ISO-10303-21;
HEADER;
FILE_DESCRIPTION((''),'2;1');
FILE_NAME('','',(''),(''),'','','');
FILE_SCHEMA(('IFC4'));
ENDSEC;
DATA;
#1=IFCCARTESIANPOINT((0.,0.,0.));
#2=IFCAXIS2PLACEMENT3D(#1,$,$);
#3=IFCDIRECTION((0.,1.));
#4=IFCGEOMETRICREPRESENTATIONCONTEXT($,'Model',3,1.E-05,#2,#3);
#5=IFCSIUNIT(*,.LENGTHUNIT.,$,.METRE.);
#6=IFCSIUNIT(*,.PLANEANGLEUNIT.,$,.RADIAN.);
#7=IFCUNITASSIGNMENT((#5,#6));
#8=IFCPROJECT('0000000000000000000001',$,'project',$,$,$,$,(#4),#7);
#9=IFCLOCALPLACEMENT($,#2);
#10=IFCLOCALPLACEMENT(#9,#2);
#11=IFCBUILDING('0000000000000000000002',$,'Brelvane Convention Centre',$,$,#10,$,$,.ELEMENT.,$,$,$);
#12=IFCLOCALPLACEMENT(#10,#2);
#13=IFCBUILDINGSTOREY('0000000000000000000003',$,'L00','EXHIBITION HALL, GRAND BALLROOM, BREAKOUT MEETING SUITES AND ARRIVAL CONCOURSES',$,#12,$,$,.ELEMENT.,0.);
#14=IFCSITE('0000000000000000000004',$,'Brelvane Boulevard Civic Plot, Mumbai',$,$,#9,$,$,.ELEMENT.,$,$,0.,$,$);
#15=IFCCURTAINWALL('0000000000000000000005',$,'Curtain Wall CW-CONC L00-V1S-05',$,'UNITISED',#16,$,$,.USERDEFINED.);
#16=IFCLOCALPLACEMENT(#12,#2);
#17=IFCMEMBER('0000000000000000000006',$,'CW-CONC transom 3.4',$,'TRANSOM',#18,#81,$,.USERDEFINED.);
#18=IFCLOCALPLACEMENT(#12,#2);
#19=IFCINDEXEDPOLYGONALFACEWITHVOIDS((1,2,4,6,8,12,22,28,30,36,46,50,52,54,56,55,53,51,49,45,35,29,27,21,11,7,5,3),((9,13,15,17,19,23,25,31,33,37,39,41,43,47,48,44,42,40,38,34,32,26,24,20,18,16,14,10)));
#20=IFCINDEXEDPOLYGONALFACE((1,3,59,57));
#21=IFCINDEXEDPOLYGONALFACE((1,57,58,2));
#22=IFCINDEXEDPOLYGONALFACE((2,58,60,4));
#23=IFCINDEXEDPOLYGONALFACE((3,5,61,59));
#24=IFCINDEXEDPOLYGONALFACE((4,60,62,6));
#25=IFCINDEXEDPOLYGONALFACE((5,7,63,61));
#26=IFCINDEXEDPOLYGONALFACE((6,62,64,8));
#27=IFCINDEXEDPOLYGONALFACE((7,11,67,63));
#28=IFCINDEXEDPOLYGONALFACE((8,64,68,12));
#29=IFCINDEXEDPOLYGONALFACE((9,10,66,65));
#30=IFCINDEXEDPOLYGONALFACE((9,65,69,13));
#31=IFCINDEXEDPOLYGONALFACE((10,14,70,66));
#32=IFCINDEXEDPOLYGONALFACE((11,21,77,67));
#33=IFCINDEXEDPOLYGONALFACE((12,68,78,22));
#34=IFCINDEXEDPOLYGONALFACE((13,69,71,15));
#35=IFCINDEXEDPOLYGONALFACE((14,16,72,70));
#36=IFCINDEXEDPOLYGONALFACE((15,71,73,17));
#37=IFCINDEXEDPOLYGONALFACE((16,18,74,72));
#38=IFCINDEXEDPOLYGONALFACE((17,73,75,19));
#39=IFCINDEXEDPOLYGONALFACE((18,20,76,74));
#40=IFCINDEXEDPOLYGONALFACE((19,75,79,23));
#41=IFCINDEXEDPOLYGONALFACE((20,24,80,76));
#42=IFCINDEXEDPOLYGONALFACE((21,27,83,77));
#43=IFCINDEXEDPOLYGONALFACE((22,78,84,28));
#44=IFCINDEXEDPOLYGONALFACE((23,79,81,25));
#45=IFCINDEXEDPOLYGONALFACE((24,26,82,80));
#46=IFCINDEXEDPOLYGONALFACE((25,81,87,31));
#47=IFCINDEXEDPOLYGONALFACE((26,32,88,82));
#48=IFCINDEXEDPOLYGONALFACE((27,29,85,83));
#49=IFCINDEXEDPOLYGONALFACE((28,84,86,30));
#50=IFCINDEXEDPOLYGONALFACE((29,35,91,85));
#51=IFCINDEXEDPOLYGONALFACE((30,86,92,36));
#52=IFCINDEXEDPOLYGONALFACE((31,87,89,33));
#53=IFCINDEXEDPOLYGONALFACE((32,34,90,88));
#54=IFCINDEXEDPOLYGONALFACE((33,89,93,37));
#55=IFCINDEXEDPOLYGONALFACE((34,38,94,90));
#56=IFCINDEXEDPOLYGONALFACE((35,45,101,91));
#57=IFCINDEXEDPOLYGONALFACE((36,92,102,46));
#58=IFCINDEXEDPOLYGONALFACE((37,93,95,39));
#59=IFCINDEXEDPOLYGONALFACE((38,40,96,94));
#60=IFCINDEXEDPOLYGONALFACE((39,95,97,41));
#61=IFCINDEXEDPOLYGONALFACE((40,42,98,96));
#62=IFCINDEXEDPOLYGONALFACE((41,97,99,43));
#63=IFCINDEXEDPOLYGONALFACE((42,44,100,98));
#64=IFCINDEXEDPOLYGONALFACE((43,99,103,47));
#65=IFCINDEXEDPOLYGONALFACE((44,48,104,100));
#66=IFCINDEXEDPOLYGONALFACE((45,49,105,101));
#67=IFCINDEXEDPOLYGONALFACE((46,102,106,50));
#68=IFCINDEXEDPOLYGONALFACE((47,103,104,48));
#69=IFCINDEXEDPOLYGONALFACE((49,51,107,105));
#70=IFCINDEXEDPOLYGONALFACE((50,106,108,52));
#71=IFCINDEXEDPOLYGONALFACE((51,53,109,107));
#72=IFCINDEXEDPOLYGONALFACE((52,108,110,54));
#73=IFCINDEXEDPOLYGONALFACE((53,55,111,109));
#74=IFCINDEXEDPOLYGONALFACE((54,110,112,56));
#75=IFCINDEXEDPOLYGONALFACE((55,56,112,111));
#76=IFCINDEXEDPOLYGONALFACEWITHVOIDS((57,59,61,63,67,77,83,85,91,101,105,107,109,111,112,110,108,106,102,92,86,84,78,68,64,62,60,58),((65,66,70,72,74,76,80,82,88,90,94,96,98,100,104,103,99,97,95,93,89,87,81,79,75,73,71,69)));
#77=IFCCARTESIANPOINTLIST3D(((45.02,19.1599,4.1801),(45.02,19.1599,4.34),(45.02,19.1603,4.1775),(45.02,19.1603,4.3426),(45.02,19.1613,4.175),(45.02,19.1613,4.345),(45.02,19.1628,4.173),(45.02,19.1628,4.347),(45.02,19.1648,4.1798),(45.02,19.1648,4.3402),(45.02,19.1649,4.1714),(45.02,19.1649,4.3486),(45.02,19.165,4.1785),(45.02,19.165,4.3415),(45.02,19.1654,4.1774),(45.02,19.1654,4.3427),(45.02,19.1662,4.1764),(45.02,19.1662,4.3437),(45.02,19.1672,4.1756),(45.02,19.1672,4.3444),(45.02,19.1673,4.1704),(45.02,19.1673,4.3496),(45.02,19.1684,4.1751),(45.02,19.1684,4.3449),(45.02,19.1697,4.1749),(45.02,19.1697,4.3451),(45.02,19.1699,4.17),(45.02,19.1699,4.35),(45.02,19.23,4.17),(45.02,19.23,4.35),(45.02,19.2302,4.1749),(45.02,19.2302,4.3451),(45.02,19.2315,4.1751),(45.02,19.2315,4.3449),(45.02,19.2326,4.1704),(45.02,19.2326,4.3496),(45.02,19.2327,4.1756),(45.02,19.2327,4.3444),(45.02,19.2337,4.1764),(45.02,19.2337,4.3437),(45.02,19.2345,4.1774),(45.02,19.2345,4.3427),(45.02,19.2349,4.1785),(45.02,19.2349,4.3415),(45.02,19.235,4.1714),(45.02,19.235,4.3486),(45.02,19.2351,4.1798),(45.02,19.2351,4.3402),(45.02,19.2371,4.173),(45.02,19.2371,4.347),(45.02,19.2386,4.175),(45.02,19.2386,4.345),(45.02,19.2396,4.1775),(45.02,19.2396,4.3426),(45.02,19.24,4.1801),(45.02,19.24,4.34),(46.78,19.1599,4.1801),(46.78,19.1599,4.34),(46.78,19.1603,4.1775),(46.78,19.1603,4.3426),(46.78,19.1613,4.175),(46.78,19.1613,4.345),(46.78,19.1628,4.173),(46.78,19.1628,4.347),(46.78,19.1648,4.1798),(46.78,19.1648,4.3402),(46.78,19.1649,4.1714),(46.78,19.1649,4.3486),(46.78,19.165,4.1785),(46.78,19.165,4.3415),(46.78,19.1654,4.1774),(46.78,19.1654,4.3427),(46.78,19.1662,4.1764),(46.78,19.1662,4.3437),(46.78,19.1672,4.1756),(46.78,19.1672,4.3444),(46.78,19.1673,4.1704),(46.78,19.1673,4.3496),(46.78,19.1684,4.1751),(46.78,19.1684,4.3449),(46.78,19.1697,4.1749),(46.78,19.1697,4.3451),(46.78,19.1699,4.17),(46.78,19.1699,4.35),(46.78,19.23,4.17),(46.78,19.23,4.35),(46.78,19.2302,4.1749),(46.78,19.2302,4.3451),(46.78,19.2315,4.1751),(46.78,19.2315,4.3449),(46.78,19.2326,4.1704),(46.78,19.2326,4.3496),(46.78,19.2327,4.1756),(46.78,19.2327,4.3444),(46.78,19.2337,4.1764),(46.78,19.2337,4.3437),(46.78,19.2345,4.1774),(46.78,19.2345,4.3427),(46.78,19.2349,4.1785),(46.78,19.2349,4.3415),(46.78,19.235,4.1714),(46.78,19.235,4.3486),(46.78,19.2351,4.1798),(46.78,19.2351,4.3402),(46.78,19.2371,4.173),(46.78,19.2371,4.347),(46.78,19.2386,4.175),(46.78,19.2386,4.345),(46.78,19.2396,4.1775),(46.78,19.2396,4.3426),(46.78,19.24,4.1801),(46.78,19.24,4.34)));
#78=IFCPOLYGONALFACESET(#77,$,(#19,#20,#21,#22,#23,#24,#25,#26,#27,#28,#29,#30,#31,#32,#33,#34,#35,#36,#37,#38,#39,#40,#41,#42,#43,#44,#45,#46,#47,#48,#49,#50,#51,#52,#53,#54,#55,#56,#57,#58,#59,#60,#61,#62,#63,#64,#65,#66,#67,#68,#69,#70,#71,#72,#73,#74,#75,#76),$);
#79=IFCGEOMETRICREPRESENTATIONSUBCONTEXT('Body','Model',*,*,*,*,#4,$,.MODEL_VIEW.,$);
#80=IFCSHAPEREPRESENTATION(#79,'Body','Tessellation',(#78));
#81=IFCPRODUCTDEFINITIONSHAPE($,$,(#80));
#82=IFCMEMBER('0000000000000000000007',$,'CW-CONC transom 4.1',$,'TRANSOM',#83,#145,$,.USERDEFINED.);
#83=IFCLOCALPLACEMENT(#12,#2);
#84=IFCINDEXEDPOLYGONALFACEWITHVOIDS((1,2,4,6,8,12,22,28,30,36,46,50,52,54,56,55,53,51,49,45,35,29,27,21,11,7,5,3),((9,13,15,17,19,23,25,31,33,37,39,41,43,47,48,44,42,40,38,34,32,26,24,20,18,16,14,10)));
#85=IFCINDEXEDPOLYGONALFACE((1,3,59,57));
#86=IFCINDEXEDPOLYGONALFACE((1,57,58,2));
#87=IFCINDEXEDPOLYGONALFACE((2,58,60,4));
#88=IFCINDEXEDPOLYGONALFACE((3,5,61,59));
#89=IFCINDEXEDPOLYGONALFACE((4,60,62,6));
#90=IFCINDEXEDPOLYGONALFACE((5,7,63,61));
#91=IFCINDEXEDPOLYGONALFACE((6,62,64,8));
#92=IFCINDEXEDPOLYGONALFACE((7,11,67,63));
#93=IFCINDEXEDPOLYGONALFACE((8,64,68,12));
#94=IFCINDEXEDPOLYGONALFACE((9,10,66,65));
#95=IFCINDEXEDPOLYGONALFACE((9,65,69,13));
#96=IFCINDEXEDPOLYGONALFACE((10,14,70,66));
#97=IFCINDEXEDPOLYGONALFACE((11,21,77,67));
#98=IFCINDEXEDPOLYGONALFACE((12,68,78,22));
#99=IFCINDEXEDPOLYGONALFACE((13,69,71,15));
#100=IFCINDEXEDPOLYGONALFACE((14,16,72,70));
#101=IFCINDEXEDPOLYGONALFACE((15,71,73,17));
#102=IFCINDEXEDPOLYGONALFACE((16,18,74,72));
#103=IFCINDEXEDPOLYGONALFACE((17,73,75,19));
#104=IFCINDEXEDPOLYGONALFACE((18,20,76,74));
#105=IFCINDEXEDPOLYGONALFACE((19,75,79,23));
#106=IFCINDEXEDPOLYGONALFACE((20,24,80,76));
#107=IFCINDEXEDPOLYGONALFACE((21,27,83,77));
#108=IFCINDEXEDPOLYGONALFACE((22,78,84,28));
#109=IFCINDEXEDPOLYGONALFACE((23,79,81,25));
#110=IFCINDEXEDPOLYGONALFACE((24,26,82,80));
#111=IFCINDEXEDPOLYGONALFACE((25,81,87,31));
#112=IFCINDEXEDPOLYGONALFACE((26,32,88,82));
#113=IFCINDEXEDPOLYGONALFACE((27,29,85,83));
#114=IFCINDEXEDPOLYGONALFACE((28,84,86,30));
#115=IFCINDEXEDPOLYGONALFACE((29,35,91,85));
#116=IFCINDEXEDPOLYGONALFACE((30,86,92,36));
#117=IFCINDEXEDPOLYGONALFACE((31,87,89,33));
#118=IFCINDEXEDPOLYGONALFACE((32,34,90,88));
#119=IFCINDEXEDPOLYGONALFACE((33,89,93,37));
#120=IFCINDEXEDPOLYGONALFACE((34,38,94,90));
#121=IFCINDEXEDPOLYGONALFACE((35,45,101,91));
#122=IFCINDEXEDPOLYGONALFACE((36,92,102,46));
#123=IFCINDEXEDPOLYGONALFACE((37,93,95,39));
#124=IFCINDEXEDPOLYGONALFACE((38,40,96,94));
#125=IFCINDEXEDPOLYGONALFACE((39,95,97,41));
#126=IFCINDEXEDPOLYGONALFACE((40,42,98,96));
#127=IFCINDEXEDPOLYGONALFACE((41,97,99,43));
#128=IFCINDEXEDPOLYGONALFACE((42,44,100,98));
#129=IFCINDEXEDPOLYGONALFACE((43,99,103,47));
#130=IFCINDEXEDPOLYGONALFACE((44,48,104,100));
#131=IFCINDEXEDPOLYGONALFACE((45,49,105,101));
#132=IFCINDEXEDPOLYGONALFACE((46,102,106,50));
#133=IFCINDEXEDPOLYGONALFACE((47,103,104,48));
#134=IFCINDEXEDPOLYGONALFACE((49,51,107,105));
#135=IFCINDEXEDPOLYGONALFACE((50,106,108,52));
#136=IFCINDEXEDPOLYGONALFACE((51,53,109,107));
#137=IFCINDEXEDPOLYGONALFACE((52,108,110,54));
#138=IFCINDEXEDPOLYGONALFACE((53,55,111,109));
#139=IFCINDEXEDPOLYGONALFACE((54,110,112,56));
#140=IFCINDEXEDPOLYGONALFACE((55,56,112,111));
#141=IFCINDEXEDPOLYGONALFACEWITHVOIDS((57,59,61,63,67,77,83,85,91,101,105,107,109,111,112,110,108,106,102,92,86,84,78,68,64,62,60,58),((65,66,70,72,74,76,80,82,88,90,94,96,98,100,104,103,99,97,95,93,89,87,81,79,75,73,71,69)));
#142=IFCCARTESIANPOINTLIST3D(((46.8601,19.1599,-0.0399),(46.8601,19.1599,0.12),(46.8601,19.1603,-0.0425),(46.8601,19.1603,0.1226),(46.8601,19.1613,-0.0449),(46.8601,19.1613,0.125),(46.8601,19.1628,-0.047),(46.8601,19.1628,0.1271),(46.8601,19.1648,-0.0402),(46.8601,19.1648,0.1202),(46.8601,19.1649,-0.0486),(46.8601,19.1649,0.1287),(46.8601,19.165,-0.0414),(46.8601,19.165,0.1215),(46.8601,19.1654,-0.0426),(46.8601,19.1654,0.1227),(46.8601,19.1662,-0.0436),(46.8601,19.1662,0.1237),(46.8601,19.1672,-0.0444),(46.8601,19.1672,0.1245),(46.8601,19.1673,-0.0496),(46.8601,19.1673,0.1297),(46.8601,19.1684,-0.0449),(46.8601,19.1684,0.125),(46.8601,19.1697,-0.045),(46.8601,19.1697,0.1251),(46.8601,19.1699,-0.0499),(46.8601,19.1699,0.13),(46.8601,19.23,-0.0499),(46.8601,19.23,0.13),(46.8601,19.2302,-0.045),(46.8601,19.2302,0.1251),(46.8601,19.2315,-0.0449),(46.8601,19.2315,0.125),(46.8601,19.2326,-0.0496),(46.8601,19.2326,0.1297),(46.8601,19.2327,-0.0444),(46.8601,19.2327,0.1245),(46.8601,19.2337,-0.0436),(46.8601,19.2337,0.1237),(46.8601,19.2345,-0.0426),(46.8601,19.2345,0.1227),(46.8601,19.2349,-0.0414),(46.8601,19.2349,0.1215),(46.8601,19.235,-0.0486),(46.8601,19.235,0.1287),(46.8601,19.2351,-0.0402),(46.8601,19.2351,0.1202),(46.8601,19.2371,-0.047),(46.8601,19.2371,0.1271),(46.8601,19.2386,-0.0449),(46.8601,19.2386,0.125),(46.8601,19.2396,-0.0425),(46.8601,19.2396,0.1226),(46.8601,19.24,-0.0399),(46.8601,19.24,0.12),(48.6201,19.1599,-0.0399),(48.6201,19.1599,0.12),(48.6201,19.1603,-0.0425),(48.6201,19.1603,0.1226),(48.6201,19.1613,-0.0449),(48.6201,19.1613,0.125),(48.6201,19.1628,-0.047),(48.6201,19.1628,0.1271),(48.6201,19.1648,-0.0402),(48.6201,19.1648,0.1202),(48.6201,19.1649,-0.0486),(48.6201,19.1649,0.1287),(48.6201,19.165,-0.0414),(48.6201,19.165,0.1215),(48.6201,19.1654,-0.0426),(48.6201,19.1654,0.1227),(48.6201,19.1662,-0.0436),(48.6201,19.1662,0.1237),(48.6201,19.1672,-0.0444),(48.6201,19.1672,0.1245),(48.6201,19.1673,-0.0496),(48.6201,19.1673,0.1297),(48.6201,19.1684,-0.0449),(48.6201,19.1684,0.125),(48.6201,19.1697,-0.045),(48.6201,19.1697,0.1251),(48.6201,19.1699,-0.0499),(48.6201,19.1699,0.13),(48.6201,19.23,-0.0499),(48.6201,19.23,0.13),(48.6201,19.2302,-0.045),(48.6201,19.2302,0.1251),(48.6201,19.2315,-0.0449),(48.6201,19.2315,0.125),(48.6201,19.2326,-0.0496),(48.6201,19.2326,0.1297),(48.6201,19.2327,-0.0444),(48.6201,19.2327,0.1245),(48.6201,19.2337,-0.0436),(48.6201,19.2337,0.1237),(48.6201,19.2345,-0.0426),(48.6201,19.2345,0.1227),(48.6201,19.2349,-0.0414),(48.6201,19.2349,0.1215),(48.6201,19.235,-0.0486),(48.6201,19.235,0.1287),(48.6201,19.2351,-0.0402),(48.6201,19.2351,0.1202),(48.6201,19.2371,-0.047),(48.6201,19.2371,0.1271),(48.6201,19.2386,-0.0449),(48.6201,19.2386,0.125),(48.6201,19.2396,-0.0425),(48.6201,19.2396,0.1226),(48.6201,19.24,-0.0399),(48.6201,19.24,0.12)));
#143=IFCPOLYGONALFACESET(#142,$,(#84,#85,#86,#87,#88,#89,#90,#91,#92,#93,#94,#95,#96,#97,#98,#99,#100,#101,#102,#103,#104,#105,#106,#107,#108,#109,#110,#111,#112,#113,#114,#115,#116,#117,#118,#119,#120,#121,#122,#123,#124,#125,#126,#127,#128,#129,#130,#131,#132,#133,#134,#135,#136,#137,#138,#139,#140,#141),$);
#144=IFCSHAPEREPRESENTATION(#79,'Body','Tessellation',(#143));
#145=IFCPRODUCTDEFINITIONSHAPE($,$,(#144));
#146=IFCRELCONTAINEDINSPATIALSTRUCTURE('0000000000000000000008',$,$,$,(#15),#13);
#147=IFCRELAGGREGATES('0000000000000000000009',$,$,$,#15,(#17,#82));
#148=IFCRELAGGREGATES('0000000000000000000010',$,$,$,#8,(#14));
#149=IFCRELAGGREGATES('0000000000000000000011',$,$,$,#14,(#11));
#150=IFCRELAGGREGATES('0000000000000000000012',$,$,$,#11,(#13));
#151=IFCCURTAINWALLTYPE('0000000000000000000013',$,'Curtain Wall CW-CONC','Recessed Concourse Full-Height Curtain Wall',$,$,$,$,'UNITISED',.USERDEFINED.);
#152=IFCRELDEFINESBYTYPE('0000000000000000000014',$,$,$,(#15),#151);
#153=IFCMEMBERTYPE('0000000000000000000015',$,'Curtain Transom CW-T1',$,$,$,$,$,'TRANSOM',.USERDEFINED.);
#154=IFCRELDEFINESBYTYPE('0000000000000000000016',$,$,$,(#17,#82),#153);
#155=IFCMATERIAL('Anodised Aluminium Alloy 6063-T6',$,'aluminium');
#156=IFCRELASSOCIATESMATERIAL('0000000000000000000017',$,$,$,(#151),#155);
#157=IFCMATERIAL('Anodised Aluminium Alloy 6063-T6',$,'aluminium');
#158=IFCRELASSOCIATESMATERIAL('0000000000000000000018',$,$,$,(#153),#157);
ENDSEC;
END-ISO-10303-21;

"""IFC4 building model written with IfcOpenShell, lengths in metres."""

from ifc_helpers import new_model, si_unit, direction, frame, origin, origin_2d, place, context, subcontext, project, spatial, hollow_rectangle, extrude, material, material_profile, profile_set, type_object, element, aggregate, save


model = new_model("IFC4")

# Units and contexts
model_context = context("Model", 3, precision=1e-05, world=origin(), true_north=direction((0.0, 1.0)))
body_context = subcontext(model_context, "Body", "Model", "MODEL_VIEW")
ifc_project = project(units=[si_unit("LENGTHUNIT", "METRE"), si_unit("PLANEANGLEUNIT", "RADIAN")], contexts=[model_context])

# Site, building, storey
site_placement = place(None, origin())
site = spatial("IfcSite", under=ifc_project, at=site_placement, Name="Brelvane Boulevard Civic Plot, Mumbai", CompositionType="ELEMENT", RefElevation=0.0)
building_placement = place(site_placement, origin())
building = spatial("IfcBuilding", under=site, at=building_placement, Name="Brelvane Convention Centre", CompositionType="ELEMENT")
storey_placement = place(building_placement, origin())
storey = spatial("IfcBuildingStorey", under=building, at=storey_placement, Name="L00", Description="EXHIBITION HALL, GRAND BALLROOM, BREAKOUT MEETING SUITES AND ARRIVAL CONCOURSES", CompositionType="ELEMENT", Elevation=0.0)

# Curtain wall, members
ifc_material_1 = material(Name="Anodised Aluminium Alloy 6063-T6", Category="aluminium")
curtain_wall_type = type_object("IfcCurtainWallType", Name="Curtain Wall CW-CONC", Description="Recessed Concourse Full-Height Curtain Wall", ElementType="UNITISED", PredefinedType="USERDEFINED", material=ifc_material_1)
curtain_wall_placement = place(storey_placement, origin())
curtain_wall = element("IfcCurtainWall", 1, at=curtain_wall_placement, inside=storey, type_object=curtain_wall_type, Name="Curtain Wall CW-CONC L00-V1S-05", ObjectType="UNITISED", PredefinedType="USERDEFINED")
ifc_material_2 = material(Name="Anodised Aluminium Alloy 6063-T6", Category="aluminium")
ifc_material_profile_1 = material_profile(ifc_material_2, hollow_rectangle(XDim=0.0801, YDim=0.1799, WallThickness=0.0049, InnerFilletRadius=0.0049, OuterFilletRadius=0.01, at=origin_2d()), Name="ALU-T 180x80x5.0")
ifc_profile_set_1 = profile_set([ifc_material_profile_1], Name="Anodised Aluminium Alloy 6063-T6")
member_type_1 = type_object("IfcMemberType", Name="Curtain Transom CW-T1", ElementType="TRANSOM", PredefinedType="USERDEFINED", material=ifc_profile_set_1)
member_1_placement = place(storey_placement, frame((45.02, 19.2, 4.26), z_axis=(1.0, 0.0, 0.0), x_axis=(0.0, 1.0, 0.0)))
member_1 = element("IfcMember", 2, at=member_1_placement, type_object=member_type_1, Name="CW-CONC transom 3.4", ObjectType="TRANSOM", PredefinedType="USERDEFINED", context=body_context, shape_type="SweptSolid", body=[
    extrude(hollow_rectangle(XDim=0.0801, YDim=0.1799, WallThickness=0.0049, InnerFilletRadius=0.0049, OuterFilletRadius=0.01, at=origin_2d()), origin(), (0.0, 0.0, 1.0), 1.76),
])
member_2_placement = place(storey_placement, frame((46.8601, 19.2, 0.04), z_axis=(1.0, 0.0, 0.0), x_axis=(0.0, 1.0, 0.0)))
member_2 = element("IfcMember", 3, at=member_2_placement, type_object=member_type_1, Name="CW-CONC transom 4.1", ObjectType="TRANSOM", PredefinedType="USERDEFINED", context=body_context, shape_type="SweptSolid", body=[
    extrude(hollow_rectangle(XDim=0.0801, YDim=0.1799, WallThickness=0.0049, InnerFilletRadius=0.0049, OuterFilletRadius=0.01, at=origin_2d()), origin(), (0.0, 0.0, 1.0), 1.76),
])
aggregate(curtain_wall, [member_1, member_2])

save(model, "model.ifc")
